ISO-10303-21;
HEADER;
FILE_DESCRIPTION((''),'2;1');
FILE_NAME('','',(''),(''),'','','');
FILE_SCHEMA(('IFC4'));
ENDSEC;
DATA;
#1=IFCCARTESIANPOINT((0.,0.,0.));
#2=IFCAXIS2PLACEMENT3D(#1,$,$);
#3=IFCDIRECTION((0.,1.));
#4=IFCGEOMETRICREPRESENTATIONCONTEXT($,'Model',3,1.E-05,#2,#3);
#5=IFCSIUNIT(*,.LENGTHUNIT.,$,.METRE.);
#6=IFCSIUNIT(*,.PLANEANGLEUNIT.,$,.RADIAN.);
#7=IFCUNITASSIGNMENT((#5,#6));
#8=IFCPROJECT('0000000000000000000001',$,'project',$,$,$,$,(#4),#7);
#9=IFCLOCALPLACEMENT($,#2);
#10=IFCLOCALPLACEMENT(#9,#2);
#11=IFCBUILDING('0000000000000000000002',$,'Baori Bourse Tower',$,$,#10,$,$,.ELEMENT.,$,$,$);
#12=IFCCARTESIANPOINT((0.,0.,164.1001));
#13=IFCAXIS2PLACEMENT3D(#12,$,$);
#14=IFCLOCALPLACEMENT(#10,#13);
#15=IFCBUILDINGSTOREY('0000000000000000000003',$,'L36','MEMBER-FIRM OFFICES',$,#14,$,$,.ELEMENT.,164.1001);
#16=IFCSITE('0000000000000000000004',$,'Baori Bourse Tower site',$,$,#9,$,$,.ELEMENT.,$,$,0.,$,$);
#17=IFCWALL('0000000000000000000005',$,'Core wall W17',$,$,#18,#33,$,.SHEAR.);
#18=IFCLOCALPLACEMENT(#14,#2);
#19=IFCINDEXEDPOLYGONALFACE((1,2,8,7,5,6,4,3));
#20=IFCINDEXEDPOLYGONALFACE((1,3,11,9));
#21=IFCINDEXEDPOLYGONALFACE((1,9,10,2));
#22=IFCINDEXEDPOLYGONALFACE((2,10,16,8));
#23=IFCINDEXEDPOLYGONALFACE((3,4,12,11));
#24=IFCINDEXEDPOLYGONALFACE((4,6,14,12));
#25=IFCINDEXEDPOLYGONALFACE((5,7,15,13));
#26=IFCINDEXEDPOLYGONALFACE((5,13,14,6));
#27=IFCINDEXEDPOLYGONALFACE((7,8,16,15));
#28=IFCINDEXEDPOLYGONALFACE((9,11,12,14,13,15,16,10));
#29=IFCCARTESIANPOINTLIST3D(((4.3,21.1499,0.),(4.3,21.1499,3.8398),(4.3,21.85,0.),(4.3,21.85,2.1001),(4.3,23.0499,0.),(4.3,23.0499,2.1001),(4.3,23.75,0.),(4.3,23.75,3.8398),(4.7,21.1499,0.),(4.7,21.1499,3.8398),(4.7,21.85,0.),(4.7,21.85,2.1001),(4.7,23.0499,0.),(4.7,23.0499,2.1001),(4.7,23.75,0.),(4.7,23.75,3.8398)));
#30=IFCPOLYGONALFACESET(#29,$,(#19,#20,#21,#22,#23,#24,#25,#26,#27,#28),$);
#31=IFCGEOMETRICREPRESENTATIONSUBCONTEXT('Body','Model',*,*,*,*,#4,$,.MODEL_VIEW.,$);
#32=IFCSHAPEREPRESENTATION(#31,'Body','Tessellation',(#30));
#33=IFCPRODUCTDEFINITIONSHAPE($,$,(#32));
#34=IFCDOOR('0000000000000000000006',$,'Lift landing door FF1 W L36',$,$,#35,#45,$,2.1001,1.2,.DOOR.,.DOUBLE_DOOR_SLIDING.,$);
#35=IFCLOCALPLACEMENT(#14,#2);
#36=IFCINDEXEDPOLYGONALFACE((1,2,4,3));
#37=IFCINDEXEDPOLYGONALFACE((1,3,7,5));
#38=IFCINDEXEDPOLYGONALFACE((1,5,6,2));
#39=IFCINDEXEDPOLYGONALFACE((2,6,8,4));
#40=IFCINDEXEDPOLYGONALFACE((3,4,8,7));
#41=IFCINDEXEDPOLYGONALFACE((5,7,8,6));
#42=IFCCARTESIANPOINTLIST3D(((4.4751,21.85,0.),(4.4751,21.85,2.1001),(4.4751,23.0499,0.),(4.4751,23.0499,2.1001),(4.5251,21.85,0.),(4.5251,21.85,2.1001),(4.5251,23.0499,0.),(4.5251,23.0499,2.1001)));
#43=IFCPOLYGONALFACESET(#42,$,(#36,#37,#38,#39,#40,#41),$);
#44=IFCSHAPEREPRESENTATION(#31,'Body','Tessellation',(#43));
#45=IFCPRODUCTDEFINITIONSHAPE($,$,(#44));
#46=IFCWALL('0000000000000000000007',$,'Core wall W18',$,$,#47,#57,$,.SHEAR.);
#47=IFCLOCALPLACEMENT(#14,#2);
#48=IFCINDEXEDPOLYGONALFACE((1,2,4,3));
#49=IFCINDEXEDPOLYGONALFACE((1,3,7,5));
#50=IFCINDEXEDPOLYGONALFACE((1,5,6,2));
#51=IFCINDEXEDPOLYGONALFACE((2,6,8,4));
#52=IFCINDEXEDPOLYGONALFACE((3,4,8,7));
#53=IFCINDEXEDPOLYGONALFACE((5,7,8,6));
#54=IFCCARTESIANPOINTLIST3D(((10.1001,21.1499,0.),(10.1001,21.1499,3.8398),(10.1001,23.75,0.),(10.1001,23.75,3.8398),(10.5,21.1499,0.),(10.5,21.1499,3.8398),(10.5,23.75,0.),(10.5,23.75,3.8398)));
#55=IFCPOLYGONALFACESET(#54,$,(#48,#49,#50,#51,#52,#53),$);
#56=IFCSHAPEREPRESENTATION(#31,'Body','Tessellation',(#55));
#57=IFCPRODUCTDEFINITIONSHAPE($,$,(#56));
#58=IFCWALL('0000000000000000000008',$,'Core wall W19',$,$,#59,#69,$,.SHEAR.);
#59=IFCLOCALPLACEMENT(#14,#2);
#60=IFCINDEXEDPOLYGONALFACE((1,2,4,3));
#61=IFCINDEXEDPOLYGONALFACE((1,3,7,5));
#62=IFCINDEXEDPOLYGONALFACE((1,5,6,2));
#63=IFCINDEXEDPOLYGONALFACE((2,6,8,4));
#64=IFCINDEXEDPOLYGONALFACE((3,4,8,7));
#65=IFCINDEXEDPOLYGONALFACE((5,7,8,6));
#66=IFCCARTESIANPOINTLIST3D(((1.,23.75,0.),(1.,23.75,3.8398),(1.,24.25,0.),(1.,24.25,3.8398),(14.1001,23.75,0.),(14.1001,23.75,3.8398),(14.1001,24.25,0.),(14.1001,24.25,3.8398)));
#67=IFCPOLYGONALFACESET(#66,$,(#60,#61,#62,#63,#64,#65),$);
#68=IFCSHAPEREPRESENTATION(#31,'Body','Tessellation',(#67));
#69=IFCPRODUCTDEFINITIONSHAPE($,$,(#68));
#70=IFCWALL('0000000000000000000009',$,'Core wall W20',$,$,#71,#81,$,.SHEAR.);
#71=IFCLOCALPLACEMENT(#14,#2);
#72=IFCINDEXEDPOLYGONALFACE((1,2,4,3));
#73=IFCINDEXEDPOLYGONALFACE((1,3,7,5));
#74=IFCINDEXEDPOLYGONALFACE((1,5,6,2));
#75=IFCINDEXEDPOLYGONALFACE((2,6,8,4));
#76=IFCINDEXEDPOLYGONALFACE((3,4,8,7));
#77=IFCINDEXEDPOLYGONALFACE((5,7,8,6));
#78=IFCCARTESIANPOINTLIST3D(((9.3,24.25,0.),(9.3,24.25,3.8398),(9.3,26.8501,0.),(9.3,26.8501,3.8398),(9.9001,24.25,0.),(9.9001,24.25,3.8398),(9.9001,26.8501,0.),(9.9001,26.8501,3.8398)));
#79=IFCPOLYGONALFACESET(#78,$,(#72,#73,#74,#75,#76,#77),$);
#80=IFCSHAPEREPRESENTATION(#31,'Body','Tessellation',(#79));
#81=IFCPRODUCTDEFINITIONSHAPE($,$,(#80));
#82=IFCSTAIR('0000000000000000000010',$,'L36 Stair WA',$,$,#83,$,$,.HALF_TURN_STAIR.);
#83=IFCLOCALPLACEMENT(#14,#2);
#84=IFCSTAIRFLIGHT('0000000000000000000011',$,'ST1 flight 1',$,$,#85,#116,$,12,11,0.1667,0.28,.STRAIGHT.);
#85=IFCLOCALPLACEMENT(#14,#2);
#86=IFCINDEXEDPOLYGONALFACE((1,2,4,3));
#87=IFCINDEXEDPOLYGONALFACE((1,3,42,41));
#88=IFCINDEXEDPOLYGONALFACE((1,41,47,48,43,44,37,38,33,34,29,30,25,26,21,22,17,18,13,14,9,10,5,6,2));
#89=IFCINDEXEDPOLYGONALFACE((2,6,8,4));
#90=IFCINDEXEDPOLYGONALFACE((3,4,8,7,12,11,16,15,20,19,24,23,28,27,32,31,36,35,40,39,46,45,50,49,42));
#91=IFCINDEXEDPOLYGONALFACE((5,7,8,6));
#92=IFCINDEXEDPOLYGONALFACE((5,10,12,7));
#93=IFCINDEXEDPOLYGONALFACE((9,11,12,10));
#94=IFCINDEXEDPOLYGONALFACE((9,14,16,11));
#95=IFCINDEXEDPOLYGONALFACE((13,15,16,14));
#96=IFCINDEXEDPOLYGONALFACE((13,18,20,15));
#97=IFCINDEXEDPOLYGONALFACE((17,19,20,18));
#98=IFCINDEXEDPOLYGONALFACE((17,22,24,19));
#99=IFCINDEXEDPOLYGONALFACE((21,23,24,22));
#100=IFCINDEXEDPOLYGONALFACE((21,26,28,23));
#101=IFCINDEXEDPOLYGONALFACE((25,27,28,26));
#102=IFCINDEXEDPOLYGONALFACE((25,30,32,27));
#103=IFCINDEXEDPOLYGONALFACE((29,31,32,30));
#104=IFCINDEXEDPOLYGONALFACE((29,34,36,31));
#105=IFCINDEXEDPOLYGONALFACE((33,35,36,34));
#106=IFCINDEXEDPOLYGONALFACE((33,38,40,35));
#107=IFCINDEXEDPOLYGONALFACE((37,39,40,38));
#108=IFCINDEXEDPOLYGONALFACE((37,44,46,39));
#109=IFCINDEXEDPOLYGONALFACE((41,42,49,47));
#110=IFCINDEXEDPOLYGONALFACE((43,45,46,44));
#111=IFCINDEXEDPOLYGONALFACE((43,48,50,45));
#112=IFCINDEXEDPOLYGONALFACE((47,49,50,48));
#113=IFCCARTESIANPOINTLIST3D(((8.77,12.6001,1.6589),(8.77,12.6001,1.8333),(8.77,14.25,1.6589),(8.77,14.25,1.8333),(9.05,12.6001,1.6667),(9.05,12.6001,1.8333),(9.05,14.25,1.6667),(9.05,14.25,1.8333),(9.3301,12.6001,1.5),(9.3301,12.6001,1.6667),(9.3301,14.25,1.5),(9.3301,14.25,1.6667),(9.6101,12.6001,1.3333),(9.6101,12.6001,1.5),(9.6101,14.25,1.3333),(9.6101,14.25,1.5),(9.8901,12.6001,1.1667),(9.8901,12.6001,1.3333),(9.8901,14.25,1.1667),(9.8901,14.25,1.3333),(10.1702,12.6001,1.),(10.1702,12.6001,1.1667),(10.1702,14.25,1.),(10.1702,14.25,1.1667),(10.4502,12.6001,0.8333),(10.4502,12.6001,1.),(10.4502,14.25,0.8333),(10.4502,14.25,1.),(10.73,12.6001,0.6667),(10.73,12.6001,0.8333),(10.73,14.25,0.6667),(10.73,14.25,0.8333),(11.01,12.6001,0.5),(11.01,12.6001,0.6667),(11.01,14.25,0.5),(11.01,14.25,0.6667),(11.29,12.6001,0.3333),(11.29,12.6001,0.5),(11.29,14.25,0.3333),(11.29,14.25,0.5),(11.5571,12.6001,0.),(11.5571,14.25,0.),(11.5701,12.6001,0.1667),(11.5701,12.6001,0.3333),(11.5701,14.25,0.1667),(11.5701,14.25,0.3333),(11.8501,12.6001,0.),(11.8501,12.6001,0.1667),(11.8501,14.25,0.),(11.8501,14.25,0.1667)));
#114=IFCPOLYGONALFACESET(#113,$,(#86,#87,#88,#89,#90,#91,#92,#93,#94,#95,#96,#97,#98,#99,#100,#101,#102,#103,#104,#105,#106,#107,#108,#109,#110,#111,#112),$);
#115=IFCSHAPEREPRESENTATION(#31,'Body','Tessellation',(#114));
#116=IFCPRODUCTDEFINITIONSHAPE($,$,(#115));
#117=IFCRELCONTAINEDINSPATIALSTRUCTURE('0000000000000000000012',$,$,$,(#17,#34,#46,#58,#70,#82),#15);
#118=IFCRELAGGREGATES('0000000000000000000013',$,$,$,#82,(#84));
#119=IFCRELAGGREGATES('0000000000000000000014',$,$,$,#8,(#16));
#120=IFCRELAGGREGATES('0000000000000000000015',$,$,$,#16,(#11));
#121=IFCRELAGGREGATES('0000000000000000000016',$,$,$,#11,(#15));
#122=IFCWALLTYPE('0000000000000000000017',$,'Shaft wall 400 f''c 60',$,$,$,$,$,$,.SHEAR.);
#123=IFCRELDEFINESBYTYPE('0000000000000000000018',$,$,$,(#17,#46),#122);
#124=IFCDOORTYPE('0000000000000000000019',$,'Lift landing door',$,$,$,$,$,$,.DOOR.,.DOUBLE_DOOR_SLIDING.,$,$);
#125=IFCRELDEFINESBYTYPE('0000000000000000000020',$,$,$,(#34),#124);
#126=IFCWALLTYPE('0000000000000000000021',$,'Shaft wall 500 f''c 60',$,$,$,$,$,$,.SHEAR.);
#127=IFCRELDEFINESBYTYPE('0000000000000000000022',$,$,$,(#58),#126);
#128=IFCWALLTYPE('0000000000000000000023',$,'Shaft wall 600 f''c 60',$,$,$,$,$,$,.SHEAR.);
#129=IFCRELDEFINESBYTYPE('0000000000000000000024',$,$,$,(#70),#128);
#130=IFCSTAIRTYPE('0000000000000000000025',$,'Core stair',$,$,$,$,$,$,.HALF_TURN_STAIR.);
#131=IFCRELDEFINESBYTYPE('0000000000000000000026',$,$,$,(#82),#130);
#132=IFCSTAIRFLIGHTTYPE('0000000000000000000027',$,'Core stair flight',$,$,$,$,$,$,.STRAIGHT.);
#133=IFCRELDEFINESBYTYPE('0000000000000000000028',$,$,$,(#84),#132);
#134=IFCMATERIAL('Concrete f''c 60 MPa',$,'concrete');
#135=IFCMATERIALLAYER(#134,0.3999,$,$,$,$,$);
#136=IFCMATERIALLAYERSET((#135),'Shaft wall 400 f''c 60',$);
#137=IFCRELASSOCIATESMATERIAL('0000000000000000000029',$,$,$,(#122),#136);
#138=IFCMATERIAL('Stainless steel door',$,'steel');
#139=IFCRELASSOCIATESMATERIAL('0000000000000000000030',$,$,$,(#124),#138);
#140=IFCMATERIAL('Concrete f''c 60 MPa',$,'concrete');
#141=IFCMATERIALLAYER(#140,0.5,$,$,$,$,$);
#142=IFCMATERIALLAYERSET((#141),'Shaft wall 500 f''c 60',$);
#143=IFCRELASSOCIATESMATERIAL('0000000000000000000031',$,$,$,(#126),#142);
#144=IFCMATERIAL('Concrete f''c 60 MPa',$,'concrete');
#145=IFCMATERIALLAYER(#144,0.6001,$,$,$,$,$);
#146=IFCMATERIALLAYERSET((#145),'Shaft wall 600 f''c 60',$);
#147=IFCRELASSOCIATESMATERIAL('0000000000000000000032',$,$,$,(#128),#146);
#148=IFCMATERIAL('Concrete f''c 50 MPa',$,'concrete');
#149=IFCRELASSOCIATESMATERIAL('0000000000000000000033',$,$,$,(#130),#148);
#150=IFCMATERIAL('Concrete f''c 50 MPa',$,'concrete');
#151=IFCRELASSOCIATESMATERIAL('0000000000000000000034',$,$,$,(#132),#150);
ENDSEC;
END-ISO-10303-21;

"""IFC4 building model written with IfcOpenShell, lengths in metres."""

from ifc_helpers import new_model, si_unit, direction, frame, frame_2d, origin, place, context, subcontext, project, spatial, polyline, rectangle, outline, extrude, material, layer, layer_set, type_object, element, fill, aggregate, save


model = new_model("IFC4")

# Units and contexts
model_context = context("Model", 3, precision=1e-05, world=origin(), true_north=direction((0.0, 1.0)))
body_context = subcontext(model_context, "Body", "Model", "MODEL_VIEW")
ifc_project = project(units=[si_unit("LENGTHUNIT", "METRE"), si_unit("PLANEANGLEUNIT", "RADIAN")], contexts=[model_context])

# Site, building, storey
site_placement = place(None, origin())
site = spatial("IfcSite", under=ifc_project, at=site_placement, Name="Baori Bourse Tower site", CompositionType="ELEMENT", RefElevation=0.0)
building_placement = place(site_placement, origin())
building = spatial("IfcBuilding", under=site, at=building_placement, Name="Baori Bourse Tower", CompositionType="ELEMENT")
storey_placement = place(building_placement, frame((0.0, 0.0, 164.1001)))
storey = spatial("IfcBuildingStorey", under=building, at=storey_placement, Name="L36", Description="MEMBER-FIRM OFFICES", CompositionType="ELEMENT", Elevation=164.1001)

# Shared definitions
ifc_material_1 = material(Name="Concrete f'c 60 MPa", Category="concrete")
ifc_layer_1 = layer(ifc_material_1, 0.3999)
ifc_layer_set_1 = layer_set([ifc_layer_1], Name="Shaft wall 400 f'c 60")
wall_type_1 = type_object("IfcWallType", Name="Shaft wall 400 f'c 60", PredefinedType="SHEAR", material=ifc_layer_set_1)

# Wall, opening, door
wall_1_placement = place(storey_placement, frame((4.5, 21.1499, 0.0), z_axis=(0.0, 0.0, 1.0), x_axis=(0.0, 1.0, 0.0)))
wall_1 = element("IfcWall", 1, at=wall_1_placement, inside=storey, type_object=wall_type_1, Name="Core wall W17", PredefinedType="SHEAR", context=body_context, shape_type="SweptSolid", body=[
    extrude(rectangle(XDim=2.6001, YDim=0.3999, at=frame_2d((1.3, 0.0))), origin(), (0.0, 0.0, 1.0), 3.8398),
])
opening_1_placement = place(wall_1_placement, frame((0.7, 0.0, 0.0)))
opening_1 = element("IfcOpeningElement", 2, at=opening_1_placement, cuts=wall_1, PredefinedType="OPENING", context=body_context, shape_type="SweptSolid", body=[
    extrude(rectangle(XDim=1.2, YDim=2.1001, at=frame_2d((0.6001, 1.05))), frame((0.0, 0.21, 0.0), z_axis=(0.0, -1.0, 0.0), x_axis=(1.0, 0.0, 0.0)), (0.0, 0.0, 1.0), 0.4199),
])
ifc_material_2 = material(Name="Stainless steel door", Category="steel")
door_type_1 = type_object("IfcDoorType", Name="Lift landing door", OperationType="DOUBLE_DOOR_SLIDING", PredefinedType="DOOR", material=ifc_material_2)
door_1_placement = place(opening_1_placement, origin())
door_1 = element("IfcDoor", 3, at=door_1_placement, inside=storey, type_object=door_type_1, Name="Lift landing door FF1 W L36", OperationType="DOUBLE_DOOR_SLIDING", OverallHeight=2.1001, OverallWidth=1.2, PredefinedType="DOOR", context=body_context, shape_type="SweptSolid", body=[
    extrude(rectangle(XDim=1.2, YDim=2.1001, at=frame_2d((0.6001, 1.05))), frame((0.0, 0.0249, 0.0), z_axis=(0.0, -1.0, 0.0), x_axis=(1.0, 0.0, 0.0)), (0.0, 0.0, 1.0), 0.05),
])
fill(opening_1, door_1)

# Walls
wall_2_placement = place(storey_placement, frame((10.3, 21.1499, 0.0), z_axis=(0.0, 0.0, 1.0), x_axis=(0.0, 1.0, 0.0)))
element("IfcWall", 4, at=wall_2_placement, inside=storey, type_object=wall_type_1, Name="Core wall W18", PredefinedType="SHEAR", context=body_context, shape_type="SweptSolid", body=[
    extrude(rectangle(XDim=2.6001, YDim=0.3999, at=frame_2d((1.3, 0.0))), origin(), (0.0, 0.0, 1.0), 3.8398),
])
ifc_material_3 = material(Name="Concrete f'c 60 MPa", Category="concrete")
ifc_layer_2 = layer(ifc_material_3, 0.5)
ifc_layer_set_2 = layer_set([ifc_layer_2], Name="Shaft wall 500 f'c 60")
wall_type_2 = type_object("IfcWallType", Name="Shaft wall 500 f'c 60", PredefinedType="SHEAR", material=ifc_layer_set_2)
wall_3_placement = place(storey_placement, frame((1.0, 24.0, 0.0), z_axis=(0.0, 0.0, 1.0), x_axis=(1.0, 0.0, 0.0)))
element("IfcWall", 5, at=wall_3_placement, inside=storey, type_object=wall_type_2, Name="Core wall W19", PredefinedType="SHEAR", context=body_context, shape_type="SweptSolid", body=[
    extrude(rectangle(XDim=13.1001, YDim=0.5, at=frame_2d((6.55, 0.0))), origin(), (0.0, 0.0, 1.0), 3.8398),
])
ifc_material_4 = material(Name="Concrete f'c 60 MPa", Category="concrete")
ifc_layer_3 = layer(ifc_material_4, 0.6001)
ifc_layer_set_3 = layer_set([ifc_layer_3], Name="Shaft wall 600 f'c 60")
wall_type_3 = type_object("IfcWallType", Name="Shaft wall 600 f'c 60", PredefinedType="SHEAR", material=ifc_layer_set_3)
wall_4_placement = place(storey_placement, frame((9.6001, 24.25, 0.0), z_axis=(0.0, 0.0, 1.0), x_axis=(0.0, 1.0, 0.0)))
element("IfcWall", 6, at=wall_4_placement, inside=storey, type_object=wall_type_3, Name="Core wall W20", PredefinedType="SHEAR", context=body_context, shape_type="SweptSolid", body=[
    extrude(rectangle(XDim=2.6001, YDim=0.6001, at=frame_2d((1.3, 0.0))), origin(), (0.0, 0.0, 1.0), 3.8398),
])

# Stair, stair flight
ifc_material_5 = material(Name="Concrete f'c 50 MPa", Category="concrete")
stair_type = type_object("IfcStairType", Name="Core stair", PredefinedType="HALF_TURN_STAIR", material=ifc_material_5)
stair_placement = place(storey_placement, origin())
stair = element("IfcStair", 7, at=stair_placement, inside=storey, type_object=stair_type, Name="L36 Stair WA", PredefinedType="HALF_TURN_STAIR")
ifc_material_6 = material(Name="Concrete f'c 50 MPa", Category="concrete")
stair_flight_type = type_object("IfcStairFlightType", Name="Core stair flight", PredefinedType="STRAIGHT", material=ifc_material_6)
stair_flight_placement = place(storey_placement, frame((11.8501, 13.425, 0.0), z_axis=(0.0, 0.0, 1.0), x_axis=(-1.0, 0.0, 0.0)))
stair_flight = element("IfcStairFlight", 8, at=stair_flight_placement, type_object=stair_flight_type, Name="ST1 flight 1", NumberOfRisers=12, NumberOfTreads=11, PredefinedType="STRAIGHT", RiserHeight=0.1667, TreadLength=0.28, context=body_context, shape_type="SweptSolid", body=[
    extrude(outline(polyline([(0.0, 0.0), (0.0, 0.1667), (0.28, 0.1667), (0.28, 0.3333), (0.5601, 0.3333), (0.5601, 0.5), (0.8401, 0.5), (0.8401, 0.6667), (1.1201, 0.6667), (1.1201, 0.8333), (1.3999, 0.8333), (1.3999, 1.0), (1.6799, 1.0), (1.6799, 1.1667), (1.96, 1.1667), (1.96, 1.3333), (2.24, 1.3333), (2.24, 1.5), (2.52, 1.5), (2.52, 1.6667), (2.8, 1.6667), (2.8, 1.8333), (3.0801, 1.8333), (3.0801, 2.0), (3.0801, 1.6589), (0.293, 0.0), (0.0, 0.0)])), frame((0.0, 0.825, 0.0), z_axis=(0.0, -1.0, 0.0), x_axis=(1.0, 0.0, 0.0)), (0.0, 0.0, 1.0), 1.6499),
])
aggregate(stair, [stair_flight])

save(model, "model.ifc")
